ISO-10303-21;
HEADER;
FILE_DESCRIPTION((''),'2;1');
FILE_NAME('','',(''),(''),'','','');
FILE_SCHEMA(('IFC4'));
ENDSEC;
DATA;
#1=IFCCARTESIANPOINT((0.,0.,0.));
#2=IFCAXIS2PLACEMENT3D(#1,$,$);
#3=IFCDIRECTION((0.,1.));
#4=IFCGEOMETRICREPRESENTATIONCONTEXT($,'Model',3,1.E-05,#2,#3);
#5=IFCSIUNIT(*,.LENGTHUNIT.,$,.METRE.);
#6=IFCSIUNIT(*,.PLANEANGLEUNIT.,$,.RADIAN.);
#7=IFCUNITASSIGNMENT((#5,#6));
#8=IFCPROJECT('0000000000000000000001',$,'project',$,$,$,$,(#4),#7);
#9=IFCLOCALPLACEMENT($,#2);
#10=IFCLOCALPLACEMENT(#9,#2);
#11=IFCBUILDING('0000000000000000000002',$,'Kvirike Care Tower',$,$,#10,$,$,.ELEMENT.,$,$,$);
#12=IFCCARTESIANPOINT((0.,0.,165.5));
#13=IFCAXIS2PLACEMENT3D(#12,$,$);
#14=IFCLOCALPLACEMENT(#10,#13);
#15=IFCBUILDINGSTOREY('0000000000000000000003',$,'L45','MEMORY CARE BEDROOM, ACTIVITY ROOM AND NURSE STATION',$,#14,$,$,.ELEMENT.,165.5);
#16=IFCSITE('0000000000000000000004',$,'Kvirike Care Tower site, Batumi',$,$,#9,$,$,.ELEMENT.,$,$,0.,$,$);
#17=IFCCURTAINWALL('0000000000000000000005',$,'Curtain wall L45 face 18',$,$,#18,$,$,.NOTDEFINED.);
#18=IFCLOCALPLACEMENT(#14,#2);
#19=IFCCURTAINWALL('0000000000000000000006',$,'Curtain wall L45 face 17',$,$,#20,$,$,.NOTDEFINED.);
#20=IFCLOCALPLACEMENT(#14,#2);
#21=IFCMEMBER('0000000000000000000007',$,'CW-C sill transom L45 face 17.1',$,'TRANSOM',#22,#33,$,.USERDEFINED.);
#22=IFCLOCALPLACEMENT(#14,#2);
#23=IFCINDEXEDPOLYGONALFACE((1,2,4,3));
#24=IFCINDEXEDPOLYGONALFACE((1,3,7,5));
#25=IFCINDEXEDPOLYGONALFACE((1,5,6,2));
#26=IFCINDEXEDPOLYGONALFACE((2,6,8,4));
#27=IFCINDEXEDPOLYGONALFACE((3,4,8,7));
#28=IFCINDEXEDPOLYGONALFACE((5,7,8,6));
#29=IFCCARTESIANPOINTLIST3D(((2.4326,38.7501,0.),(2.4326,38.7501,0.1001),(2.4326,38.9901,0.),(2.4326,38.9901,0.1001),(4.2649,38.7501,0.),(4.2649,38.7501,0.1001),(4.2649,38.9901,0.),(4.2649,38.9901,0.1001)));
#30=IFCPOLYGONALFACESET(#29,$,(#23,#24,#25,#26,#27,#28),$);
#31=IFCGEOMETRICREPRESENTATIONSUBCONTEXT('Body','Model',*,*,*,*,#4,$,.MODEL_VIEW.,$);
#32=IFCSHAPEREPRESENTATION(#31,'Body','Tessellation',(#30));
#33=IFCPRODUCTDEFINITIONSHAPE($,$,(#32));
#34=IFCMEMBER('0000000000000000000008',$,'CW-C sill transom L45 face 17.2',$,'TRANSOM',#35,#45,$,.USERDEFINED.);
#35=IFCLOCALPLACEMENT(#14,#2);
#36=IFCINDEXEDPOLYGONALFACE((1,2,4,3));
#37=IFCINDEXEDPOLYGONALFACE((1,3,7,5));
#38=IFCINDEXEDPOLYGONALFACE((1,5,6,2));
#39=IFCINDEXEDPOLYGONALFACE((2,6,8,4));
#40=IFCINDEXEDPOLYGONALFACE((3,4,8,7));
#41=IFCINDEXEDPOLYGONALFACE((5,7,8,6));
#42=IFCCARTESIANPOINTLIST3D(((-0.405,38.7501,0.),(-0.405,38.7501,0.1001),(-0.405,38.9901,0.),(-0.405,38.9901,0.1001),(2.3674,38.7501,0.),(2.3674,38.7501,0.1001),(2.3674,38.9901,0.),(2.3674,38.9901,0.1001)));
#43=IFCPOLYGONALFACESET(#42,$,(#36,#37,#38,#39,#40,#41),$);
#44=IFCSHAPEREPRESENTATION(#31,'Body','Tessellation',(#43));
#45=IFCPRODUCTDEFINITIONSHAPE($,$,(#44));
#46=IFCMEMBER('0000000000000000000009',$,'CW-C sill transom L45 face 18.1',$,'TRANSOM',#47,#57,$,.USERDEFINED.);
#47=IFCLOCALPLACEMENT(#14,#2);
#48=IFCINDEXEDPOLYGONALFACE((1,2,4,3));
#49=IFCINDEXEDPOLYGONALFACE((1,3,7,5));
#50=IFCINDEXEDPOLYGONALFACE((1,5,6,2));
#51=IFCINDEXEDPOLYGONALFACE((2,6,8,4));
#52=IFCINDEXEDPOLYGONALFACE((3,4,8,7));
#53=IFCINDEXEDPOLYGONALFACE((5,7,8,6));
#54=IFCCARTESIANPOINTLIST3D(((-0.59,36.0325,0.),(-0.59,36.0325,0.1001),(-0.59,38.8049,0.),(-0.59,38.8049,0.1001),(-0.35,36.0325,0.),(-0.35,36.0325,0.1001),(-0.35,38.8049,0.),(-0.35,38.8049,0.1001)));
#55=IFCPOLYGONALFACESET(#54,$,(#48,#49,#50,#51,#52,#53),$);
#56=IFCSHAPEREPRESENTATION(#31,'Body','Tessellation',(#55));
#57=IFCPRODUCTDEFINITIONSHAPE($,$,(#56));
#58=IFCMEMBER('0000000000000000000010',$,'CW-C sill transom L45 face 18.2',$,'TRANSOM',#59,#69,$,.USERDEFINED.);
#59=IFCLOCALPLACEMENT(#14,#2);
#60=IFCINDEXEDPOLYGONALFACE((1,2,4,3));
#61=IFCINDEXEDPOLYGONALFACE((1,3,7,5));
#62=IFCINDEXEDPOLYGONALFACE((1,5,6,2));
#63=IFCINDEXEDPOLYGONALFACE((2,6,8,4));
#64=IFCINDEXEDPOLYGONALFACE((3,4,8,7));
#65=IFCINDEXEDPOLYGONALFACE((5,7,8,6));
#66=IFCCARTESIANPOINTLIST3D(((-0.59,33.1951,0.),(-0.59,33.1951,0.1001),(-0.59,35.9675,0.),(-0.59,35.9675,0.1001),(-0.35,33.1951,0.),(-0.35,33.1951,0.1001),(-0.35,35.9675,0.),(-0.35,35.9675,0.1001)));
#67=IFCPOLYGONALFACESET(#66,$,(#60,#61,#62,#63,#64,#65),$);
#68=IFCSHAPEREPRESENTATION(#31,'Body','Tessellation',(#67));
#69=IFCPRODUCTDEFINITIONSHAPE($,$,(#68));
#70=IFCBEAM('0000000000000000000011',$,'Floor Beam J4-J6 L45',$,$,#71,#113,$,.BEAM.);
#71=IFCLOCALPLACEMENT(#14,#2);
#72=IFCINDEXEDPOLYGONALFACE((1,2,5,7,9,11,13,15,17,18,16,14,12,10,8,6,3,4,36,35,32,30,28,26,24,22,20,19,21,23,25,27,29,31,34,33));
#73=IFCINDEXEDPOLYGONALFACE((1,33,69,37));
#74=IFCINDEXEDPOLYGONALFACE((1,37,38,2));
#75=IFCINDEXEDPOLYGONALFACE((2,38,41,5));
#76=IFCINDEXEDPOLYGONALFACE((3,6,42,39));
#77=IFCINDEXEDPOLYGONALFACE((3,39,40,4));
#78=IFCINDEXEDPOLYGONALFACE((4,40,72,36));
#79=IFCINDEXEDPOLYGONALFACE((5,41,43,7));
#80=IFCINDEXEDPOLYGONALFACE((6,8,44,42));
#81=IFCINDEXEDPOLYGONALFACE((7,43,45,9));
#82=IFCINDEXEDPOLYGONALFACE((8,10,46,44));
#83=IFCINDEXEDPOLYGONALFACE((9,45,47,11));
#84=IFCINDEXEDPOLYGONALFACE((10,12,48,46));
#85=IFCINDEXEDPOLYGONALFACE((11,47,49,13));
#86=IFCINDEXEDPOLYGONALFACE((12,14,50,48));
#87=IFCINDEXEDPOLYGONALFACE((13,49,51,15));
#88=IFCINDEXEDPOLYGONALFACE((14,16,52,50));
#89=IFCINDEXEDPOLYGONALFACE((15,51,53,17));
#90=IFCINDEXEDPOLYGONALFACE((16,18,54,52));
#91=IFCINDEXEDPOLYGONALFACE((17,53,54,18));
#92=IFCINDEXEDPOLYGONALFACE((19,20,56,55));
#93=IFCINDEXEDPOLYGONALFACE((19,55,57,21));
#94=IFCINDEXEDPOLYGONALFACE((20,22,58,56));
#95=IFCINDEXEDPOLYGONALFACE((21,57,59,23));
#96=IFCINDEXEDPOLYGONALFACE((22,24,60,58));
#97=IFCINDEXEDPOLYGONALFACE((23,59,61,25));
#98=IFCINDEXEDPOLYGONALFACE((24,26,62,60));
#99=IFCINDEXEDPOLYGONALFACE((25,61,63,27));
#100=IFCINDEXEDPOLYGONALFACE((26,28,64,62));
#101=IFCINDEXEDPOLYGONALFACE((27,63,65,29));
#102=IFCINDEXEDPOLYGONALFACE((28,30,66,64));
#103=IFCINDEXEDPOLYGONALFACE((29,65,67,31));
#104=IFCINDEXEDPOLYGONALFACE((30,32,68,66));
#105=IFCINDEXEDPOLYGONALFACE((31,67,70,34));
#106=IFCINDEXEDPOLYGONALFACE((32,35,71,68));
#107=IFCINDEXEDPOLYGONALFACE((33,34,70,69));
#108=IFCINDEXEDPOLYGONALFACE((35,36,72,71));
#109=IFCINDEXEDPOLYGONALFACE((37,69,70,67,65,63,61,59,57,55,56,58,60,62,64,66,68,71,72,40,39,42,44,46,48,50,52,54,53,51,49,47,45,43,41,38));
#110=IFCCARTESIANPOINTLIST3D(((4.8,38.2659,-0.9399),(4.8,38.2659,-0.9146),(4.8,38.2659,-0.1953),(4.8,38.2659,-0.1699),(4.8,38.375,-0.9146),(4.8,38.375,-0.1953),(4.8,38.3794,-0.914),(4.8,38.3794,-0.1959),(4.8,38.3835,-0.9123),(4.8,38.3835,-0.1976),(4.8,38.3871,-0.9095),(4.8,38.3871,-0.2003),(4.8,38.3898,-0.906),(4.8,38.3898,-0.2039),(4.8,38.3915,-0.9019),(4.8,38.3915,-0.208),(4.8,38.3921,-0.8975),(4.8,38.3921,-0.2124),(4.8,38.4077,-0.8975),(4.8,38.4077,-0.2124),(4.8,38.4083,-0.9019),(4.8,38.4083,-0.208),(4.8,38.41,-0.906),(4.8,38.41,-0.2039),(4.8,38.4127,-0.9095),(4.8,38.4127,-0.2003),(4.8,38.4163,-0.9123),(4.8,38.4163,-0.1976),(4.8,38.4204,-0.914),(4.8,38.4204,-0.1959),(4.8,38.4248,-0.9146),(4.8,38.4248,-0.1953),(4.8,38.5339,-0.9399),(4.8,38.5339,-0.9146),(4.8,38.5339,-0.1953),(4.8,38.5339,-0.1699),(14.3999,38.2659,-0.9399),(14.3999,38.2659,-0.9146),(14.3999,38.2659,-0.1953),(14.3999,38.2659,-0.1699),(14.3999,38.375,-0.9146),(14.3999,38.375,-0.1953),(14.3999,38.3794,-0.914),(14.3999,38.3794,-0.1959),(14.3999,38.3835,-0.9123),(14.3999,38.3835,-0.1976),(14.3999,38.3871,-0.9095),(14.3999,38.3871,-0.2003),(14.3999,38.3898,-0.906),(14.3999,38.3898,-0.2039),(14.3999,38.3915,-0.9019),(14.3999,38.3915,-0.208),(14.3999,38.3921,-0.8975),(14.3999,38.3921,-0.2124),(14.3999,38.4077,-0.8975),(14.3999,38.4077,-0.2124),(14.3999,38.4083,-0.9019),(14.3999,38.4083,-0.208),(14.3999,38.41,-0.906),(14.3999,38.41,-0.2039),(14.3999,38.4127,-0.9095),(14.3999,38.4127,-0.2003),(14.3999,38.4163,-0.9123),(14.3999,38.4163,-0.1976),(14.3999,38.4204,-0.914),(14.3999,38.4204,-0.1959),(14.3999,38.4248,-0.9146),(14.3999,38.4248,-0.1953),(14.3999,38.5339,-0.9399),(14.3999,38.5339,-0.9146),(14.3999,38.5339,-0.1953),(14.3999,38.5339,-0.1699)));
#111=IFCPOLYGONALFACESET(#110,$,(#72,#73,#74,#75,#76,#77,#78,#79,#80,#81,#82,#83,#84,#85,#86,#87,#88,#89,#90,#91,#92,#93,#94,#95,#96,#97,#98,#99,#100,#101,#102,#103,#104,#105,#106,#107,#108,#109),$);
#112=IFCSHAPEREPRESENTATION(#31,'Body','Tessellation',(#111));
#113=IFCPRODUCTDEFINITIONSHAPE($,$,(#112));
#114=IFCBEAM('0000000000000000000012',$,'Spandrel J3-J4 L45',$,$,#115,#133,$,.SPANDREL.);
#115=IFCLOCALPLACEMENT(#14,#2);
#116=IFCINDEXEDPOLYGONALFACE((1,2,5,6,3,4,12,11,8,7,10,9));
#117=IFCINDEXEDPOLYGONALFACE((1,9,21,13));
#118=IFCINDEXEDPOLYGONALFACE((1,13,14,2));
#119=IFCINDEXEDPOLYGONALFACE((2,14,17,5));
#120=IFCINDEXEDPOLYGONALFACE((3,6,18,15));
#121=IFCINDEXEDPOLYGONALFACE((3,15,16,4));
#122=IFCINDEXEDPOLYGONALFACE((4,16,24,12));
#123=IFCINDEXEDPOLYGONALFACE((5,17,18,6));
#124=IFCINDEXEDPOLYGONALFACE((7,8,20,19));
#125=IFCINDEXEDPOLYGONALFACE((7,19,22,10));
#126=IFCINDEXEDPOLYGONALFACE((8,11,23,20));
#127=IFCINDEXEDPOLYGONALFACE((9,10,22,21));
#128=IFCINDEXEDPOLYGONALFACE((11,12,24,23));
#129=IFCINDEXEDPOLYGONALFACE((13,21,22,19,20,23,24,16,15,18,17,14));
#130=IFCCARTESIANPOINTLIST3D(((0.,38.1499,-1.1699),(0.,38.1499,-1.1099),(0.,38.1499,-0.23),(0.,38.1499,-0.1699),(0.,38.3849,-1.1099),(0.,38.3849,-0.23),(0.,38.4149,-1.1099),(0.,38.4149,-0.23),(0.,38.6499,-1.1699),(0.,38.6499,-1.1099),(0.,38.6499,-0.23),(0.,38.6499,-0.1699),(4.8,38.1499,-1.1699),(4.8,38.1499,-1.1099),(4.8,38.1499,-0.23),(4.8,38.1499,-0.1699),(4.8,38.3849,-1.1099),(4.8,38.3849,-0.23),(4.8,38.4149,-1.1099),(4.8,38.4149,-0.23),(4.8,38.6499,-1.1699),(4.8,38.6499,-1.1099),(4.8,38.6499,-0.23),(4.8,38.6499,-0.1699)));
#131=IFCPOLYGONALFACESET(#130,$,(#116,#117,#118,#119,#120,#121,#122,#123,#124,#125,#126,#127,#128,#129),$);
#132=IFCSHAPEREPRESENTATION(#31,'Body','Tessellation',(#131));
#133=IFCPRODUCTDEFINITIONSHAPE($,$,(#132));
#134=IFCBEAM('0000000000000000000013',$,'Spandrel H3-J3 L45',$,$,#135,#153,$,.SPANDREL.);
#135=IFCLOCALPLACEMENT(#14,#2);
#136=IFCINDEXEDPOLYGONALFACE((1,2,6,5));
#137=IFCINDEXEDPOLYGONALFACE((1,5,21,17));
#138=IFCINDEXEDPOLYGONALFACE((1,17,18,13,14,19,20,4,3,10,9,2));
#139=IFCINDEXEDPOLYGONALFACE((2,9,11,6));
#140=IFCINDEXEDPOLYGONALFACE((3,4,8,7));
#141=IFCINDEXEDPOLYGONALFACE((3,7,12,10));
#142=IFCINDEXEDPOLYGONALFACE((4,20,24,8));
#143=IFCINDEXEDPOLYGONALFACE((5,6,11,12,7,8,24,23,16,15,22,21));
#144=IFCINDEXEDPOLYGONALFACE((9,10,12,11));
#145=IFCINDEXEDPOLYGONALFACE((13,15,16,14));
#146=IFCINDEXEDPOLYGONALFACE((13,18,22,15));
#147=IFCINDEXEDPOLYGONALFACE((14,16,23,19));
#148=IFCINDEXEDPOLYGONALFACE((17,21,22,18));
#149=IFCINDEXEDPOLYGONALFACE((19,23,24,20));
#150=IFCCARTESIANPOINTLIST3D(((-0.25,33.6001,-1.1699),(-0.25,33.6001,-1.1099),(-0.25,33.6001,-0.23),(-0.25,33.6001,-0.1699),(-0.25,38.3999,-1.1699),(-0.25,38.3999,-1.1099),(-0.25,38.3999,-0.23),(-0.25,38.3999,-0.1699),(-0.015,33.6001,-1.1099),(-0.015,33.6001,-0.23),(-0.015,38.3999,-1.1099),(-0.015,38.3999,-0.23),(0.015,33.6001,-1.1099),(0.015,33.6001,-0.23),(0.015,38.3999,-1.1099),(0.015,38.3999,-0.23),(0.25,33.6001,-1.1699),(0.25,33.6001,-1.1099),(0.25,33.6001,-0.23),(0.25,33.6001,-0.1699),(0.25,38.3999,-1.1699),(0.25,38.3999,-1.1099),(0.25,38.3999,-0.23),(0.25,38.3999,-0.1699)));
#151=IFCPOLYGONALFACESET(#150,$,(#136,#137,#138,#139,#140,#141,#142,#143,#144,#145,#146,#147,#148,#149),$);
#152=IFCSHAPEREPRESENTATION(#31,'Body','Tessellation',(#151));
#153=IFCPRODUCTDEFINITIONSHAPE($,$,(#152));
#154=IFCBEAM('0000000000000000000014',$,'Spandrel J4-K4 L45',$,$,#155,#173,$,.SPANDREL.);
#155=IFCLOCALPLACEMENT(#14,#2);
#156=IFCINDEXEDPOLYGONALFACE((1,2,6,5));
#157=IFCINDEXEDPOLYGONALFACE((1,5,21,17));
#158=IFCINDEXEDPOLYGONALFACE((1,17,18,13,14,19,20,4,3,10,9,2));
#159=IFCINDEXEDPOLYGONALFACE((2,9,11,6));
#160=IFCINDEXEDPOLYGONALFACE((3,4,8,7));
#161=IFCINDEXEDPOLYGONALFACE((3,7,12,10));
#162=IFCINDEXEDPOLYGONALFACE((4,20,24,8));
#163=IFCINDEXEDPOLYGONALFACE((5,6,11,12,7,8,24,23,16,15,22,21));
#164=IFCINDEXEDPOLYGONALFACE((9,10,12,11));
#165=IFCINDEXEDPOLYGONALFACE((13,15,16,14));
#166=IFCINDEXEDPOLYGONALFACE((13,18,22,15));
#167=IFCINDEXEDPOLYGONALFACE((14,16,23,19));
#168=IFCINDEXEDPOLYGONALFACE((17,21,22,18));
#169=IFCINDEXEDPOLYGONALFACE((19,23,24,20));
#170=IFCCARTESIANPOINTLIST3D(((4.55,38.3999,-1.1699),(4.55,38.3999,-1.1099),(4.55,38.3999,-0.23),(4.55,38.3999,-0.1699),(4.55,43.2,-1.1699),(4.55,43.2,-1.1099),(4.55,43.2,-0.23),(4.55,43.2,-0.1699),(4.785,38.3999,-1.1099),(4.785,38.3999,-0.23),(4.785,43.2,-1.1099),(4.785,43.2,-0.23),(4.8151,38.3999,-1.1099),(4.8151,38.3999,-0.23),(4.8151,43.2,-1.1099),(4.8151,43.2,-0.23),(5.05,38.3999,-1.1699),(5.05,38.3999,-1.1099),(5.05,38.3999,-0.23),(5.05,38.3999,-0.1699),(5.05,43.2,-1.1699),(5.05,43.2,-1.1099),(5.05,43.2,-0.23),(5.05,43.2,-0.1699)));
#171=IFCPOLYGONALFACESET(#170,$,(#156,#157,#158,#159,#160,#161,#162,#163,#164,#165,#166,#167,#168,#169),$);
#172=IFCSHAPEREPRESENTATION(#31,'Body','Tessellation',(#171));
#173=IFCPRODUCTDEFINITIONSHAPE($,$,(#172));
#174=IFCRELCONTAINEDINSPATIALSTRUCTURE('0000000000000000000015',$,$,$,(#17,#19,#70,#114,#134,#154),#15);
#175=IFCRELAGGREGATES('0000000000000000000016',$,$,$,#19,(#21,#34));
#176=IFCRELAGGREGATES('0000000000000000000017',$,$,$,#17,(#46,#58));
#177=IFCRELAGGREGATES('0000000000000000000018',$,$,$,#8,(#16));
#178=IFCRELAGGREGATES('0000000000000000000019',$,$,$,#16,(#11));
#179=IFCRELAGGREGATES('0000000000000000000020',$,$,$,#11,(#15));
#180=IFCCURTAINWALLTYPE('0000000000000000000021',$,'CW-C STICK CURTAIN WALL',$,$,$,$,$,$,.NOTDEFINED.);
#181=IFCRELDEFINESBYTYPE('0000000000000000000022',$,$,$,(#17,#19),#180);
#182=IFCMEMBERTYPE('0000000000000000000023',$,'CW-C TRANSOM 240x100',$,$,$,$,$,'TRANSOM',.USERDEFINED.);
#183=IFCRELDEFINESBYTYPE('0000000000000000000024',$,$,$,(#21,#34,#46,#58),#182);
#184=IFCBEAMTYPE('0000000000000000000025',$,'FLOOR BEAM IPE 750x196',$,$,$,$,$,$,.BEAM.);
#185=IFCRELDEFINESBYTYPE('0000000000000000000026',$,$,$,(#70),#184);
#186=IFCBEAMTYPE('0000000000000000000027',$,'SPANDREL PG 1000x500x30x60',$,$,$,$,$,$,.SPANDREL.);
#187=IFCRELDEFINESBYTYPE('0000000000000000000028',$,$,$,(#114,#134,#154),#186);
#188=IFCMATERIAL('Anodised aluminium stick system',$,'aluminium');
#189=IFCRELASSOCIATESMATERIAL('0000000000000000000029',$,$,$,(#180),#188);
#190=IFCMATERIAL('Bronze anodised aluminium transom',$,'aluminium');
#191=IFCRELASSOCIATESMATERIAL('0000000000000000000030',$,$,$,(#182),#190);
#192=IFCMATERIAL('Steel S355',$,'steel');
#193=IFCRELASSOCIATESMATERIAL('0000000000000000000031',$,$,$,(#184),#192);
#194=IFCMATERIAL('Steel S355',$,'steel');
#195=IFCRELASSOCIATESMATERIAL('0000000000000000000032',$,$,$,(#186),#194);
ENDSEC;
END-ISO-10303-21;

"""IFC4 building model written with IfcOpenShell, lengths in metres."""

from ifc_helpers import new_model, si_unit, direction, frame, origin, origin_2d, place, context, subcontext, project, spatial, rectangle, i_section, extrude, material, material_profile, profile_set, type_object, element, aggregate, save


model = new_model("IFC4")

# Units and contexts
model_context = context("Model", 3, precision=1e-05, world=origin(), true_north=direction((0.0, 1.0)))
body_context = subcontext(model_context, "Body", "Model", "MODEL_VIEW")
ifc_project = project(units=[si_unit("LENGTHUNIT", "METRE"), si_unit("PLANEANGLEUNIT", "RADIAN")], contexts=[model_context])

# Site, building, storey
site_placement = place(None, origin())
site = spatial("IfcSite", under=ifc_project, at=site_placement, Name="Kvirike Care Tower site, Batumi", CompositionType="ELEMENT", RefElevation=0.0)
building_placement = place(site_placement, origin())
building = spatial("IfcBuilding", under=site, at=building_placement, Name="Kvirike Care Tower", CompositionType="ELEMENT")
storey_placement = place(building_placement, frame((0.0, 0.0, 165.5)))
storey = spatial("IfcBuildingStorey", under=building, at=storey_placement, Name="L45", Description="MEMORY CARE BEDROOM, ACTIVITY ROOM AND NURSE STATION", CompositionType="ELEMENT", Elevation=165.5)

# Curtain wall
ifc_material_1 = material(Name="Anodised aluminium stick system", Category="aluminium")
curtain_wall_type = type_object("IfcCurtainWallType", Name="CW-C STICK CURTAIN WALL", PredefinedType="NOTDEFINED", material=ifc_material_1)
curtain_wall_1_placement = place(storey_placement, origin())
curtain_wall_1 = element("IfcCurtainWall", 1, at=curtain_wall_1_placement, inside=storey, type_object=curtain_wall_type, Name="Curtain wall L45 face 18", PredefinedType="NOTDEFINED")

# Curtain wall
curtain_wall_2_placement = place(storey_placement, origin())
curtain_wall_2 = element("IfcCurtainWall", 2, at=curtain_wall_2_placement, inside=storey, type_object=curtain_wall_type, Name="Curtain wall L45 face 17", PredefinedType="NOTDEFINED")

# Members
ifc_material_2 = material(Name="Bronze anodised aluminium transom", Category="aluminium")
ifc_material_profile_1 = material_profile(ifc_material_2, rectangle(XDim=0.24, YDim=0.1001, at=origin_2d()), Name="CW-C TRANSOM 240x100")
ifc_profile_set_1 = profile_set([ifc_material_profile_1], Name="Bronze anodised aluminium transom")
member_type_1 = type_object("IfcMemberType", Name="CW-C TRANSOM 240x100", ElementType="TRANSOM", PredefinedType="USERDEFINED", material=ifc_profile_set_1)
member_1_placement = place(storey_placement, frame((4.2649, 38.8701, 0.05), z_axis=(-1.0, 0.0, 0.0), x_axis=(0.0, -1.0, 0.0)))
member_1 = element("IfcMember", 3, at=member_1_placement, type_object=member_type_1, Name="CW-C sill transom L45 face 17.1", ObjectType="TRANSOM", PredefinedType="USERDEFINED", context=body_context, shape_type="SweptSolid", body=[
    extrude(rectangle(XDim=0.24, YDim=0.1001, at=origin_2d()), origin(), (0.0, 0.0, 1.0), 1.8323),
])
member_2_placement = place(storey_placement, frame((2.3674, 38.8701, 0.05), z_axis=(-1.0, 0.0, 0.0), x_axis=(0.0, -1.0, 0.0)))
member_2 = element("IfcMember", 4, at=member_2_placement, type_object=member_type_1, Name="CW-C sill transom L45 face 17.2", ObjectType="TRANSOM", PredefinedType="USERDEFINED", context=body_context, shape_type="SweptSolid", body=[
    extrude(rectangle(XDim=0.24, YDim=0.1001, at=origin_2d()), origin(), (0.0, 0.0, 1.0), 2.7725),
])
member_3_placement = place(storey_placement, frame((-0.47, 38.8049, 0.05), z_axis=(0.0, -1.0, 0.0), x_axis=(1.0, 0.0, 0.0)))
member_3 = element("IfcMember", 5, at=member_3_placement, type_object=member_type_1, Name="CW-C sill transom L45 face 18.1", ObjectType="TRANSOM", PredefinedType="USERDEFINED", context=body_context, shape_type="SweptSolid", body=[
    extrude(rectangle(XDim=0.24, YDim=0.1001, at=origin_2d()), origin(), (0.0, 0.0, 1.0), 2.7725),
])
member_4_placement = place(storey_placement, frame((-0.47, 35.9675, 0.05), z_axis=(0.0, -1.0, 0.0), x_axis=(1.0, 0.0, 0.0)))
member_4 = element("IfcMember", 6, at=member_4_placement, type_object=member_type_1, Name="CW-C sill transom L45 face 18.2", ObjectType="TRANSOM", PredefinedType="USERDEFINED", context=body_context, shape_type="SweptSolid", body=[
    extrude(rectangle(XDim=0.24, YDim=0.1001, at=origin_2d()), origin(), (0.0, 0.0, 1.0), 2.7725),
])

# Beams
ifc_material_3 = material(Name="Steel S355", Category="steel")
ifc_material_profile_2 = material_profile(ifc_material_3, i_section(OverallWidth=0.2681, OverallDepth=0.77, WebThickness=0.0156, FlangeThickness=0.0254, FilletRadius=0.0171, at=origin_2d()), Name="IPE 750x196")
ifc_profile_set_2 = profile_set([ifc_material_profile_2], Name="Steel S355")
beam_type_1 = type_object("IfcBeamType", Name="FLOOR BEAM IPE 750x196", PredefinedType="BEAM", material=ifc_profile_set_2)
beam_1_placement = place(storey_placement, frame((4.8, 38.3999, -0.5549), z_axis=(1.0, 0.0, 0.0), x_axis=(0.0, 1.0, 0.0)))
element("IfcBeam", 7, at=beam_1_placement, inside=storey, type_object=beam_type_1, Name="Floor Beam J4-J6 L45", PredefinedType="BEAM", context=body_context, shape_type="SweptSolid", body=[
    extrude(i_section(OverallWidth=0.2681, OverallDepth=0.77, WebThickness=0.0156, FlangeThickness=0.0254, FilletRadius=0.0171, at=origin_2d()), origin(), (0.0, 0.0, 1.0), 9.5999),
])
ifc_material_4 = material(Name="Steel S355", Category="steel")
ifc_material_profile_3 = material_profile(ifc_material_4, i_section(OverallWidth=0.5, OverallDepth=1.0, WebThickness=0.03, FlangeThickness=0.0601, at=origin_2d()), Name="PG 1000x500x30x60")
ifc_profile_set_3 = profile_set([ifc_material_profile_3], Name="Steel S355")
beam_type_2 = type_object("IfcBeamType", Name="SPANDREL PG 1000x500x30x60", PredefinedType="SPANDREL", material=ifc_profile_set_3)
beam_2_placement = place(storey_placement, frame((0.0, 38.3999, -0.6699), z_axis=(1.0, 0.0, 0.0), x_axis=(0.0, 1.0, 0.0)))
element("IfcBeam", 8, at=beam_2_placement, inside=storey, type_object=beam_type_2, Name="Spandrel J3-J4 L45", PredefinedType="SPANDREL", context=body_context, shape_type="SweptSolid", body=[
    extrude(i_section(OverallWidth=0.5, OverallDepth=1.0, WebThickness=0.03, FlangeThickness=0.0601, at=origin_2d()), origin(), (0.0, 0.0, 1.0), 4.8),
])
beam_3_placement = place(storey_placement, frame((0.0, 33.6001, -0.6699), z_axis=(0.0, 1.0, 0.0), x_axis=(-1.0, 0.0, 0.0)))
element("IfcBeam", 9, at=beam_3_placement, inside=storey, type_object=beam_type_2, Name="Spandrel H3-J3 L45", PredefinedType="SPANDREL", context=body_context, shape_type="SweptSolid", body=[
    extrude(i_section(OverallWidth=0.5, OverallDepth=1.0, WebThickness=0.03, FlangeThickness=0.0601, at=origin_2d()), origin(), (0.0, 0.0, 1.0), 4.7998),
])
beam_4_placement = place(storey_placement, frame((4.8, 38.3999, -0.6699), z_axis=(0.0, 1.0, 0.0), x_axis=(-1.0, 0.0, 0.0)))
element("IfcBeam", 10, at=beam_4_placement, inside=storey, type_object=beam_type_2, Name="Spandrel J4-K4 L45", PredefinedType="SPANDREL", context=body_context, shape_type="SweptSolid", body=[
    extrude(i_section(OverallWidth=0.5, OverallDepth=1.0, WebThickness=0.03, FlangeThickness=0.0601, at=origin_2d()), origin(), (0.0, 0.0, 1.0), 4.8),
])

aggregate(curtain_wall_2, [member_1, member_2])
aggregate(curtain_wall_1, [member_3, member_4])

save(model, "model.ifc")
